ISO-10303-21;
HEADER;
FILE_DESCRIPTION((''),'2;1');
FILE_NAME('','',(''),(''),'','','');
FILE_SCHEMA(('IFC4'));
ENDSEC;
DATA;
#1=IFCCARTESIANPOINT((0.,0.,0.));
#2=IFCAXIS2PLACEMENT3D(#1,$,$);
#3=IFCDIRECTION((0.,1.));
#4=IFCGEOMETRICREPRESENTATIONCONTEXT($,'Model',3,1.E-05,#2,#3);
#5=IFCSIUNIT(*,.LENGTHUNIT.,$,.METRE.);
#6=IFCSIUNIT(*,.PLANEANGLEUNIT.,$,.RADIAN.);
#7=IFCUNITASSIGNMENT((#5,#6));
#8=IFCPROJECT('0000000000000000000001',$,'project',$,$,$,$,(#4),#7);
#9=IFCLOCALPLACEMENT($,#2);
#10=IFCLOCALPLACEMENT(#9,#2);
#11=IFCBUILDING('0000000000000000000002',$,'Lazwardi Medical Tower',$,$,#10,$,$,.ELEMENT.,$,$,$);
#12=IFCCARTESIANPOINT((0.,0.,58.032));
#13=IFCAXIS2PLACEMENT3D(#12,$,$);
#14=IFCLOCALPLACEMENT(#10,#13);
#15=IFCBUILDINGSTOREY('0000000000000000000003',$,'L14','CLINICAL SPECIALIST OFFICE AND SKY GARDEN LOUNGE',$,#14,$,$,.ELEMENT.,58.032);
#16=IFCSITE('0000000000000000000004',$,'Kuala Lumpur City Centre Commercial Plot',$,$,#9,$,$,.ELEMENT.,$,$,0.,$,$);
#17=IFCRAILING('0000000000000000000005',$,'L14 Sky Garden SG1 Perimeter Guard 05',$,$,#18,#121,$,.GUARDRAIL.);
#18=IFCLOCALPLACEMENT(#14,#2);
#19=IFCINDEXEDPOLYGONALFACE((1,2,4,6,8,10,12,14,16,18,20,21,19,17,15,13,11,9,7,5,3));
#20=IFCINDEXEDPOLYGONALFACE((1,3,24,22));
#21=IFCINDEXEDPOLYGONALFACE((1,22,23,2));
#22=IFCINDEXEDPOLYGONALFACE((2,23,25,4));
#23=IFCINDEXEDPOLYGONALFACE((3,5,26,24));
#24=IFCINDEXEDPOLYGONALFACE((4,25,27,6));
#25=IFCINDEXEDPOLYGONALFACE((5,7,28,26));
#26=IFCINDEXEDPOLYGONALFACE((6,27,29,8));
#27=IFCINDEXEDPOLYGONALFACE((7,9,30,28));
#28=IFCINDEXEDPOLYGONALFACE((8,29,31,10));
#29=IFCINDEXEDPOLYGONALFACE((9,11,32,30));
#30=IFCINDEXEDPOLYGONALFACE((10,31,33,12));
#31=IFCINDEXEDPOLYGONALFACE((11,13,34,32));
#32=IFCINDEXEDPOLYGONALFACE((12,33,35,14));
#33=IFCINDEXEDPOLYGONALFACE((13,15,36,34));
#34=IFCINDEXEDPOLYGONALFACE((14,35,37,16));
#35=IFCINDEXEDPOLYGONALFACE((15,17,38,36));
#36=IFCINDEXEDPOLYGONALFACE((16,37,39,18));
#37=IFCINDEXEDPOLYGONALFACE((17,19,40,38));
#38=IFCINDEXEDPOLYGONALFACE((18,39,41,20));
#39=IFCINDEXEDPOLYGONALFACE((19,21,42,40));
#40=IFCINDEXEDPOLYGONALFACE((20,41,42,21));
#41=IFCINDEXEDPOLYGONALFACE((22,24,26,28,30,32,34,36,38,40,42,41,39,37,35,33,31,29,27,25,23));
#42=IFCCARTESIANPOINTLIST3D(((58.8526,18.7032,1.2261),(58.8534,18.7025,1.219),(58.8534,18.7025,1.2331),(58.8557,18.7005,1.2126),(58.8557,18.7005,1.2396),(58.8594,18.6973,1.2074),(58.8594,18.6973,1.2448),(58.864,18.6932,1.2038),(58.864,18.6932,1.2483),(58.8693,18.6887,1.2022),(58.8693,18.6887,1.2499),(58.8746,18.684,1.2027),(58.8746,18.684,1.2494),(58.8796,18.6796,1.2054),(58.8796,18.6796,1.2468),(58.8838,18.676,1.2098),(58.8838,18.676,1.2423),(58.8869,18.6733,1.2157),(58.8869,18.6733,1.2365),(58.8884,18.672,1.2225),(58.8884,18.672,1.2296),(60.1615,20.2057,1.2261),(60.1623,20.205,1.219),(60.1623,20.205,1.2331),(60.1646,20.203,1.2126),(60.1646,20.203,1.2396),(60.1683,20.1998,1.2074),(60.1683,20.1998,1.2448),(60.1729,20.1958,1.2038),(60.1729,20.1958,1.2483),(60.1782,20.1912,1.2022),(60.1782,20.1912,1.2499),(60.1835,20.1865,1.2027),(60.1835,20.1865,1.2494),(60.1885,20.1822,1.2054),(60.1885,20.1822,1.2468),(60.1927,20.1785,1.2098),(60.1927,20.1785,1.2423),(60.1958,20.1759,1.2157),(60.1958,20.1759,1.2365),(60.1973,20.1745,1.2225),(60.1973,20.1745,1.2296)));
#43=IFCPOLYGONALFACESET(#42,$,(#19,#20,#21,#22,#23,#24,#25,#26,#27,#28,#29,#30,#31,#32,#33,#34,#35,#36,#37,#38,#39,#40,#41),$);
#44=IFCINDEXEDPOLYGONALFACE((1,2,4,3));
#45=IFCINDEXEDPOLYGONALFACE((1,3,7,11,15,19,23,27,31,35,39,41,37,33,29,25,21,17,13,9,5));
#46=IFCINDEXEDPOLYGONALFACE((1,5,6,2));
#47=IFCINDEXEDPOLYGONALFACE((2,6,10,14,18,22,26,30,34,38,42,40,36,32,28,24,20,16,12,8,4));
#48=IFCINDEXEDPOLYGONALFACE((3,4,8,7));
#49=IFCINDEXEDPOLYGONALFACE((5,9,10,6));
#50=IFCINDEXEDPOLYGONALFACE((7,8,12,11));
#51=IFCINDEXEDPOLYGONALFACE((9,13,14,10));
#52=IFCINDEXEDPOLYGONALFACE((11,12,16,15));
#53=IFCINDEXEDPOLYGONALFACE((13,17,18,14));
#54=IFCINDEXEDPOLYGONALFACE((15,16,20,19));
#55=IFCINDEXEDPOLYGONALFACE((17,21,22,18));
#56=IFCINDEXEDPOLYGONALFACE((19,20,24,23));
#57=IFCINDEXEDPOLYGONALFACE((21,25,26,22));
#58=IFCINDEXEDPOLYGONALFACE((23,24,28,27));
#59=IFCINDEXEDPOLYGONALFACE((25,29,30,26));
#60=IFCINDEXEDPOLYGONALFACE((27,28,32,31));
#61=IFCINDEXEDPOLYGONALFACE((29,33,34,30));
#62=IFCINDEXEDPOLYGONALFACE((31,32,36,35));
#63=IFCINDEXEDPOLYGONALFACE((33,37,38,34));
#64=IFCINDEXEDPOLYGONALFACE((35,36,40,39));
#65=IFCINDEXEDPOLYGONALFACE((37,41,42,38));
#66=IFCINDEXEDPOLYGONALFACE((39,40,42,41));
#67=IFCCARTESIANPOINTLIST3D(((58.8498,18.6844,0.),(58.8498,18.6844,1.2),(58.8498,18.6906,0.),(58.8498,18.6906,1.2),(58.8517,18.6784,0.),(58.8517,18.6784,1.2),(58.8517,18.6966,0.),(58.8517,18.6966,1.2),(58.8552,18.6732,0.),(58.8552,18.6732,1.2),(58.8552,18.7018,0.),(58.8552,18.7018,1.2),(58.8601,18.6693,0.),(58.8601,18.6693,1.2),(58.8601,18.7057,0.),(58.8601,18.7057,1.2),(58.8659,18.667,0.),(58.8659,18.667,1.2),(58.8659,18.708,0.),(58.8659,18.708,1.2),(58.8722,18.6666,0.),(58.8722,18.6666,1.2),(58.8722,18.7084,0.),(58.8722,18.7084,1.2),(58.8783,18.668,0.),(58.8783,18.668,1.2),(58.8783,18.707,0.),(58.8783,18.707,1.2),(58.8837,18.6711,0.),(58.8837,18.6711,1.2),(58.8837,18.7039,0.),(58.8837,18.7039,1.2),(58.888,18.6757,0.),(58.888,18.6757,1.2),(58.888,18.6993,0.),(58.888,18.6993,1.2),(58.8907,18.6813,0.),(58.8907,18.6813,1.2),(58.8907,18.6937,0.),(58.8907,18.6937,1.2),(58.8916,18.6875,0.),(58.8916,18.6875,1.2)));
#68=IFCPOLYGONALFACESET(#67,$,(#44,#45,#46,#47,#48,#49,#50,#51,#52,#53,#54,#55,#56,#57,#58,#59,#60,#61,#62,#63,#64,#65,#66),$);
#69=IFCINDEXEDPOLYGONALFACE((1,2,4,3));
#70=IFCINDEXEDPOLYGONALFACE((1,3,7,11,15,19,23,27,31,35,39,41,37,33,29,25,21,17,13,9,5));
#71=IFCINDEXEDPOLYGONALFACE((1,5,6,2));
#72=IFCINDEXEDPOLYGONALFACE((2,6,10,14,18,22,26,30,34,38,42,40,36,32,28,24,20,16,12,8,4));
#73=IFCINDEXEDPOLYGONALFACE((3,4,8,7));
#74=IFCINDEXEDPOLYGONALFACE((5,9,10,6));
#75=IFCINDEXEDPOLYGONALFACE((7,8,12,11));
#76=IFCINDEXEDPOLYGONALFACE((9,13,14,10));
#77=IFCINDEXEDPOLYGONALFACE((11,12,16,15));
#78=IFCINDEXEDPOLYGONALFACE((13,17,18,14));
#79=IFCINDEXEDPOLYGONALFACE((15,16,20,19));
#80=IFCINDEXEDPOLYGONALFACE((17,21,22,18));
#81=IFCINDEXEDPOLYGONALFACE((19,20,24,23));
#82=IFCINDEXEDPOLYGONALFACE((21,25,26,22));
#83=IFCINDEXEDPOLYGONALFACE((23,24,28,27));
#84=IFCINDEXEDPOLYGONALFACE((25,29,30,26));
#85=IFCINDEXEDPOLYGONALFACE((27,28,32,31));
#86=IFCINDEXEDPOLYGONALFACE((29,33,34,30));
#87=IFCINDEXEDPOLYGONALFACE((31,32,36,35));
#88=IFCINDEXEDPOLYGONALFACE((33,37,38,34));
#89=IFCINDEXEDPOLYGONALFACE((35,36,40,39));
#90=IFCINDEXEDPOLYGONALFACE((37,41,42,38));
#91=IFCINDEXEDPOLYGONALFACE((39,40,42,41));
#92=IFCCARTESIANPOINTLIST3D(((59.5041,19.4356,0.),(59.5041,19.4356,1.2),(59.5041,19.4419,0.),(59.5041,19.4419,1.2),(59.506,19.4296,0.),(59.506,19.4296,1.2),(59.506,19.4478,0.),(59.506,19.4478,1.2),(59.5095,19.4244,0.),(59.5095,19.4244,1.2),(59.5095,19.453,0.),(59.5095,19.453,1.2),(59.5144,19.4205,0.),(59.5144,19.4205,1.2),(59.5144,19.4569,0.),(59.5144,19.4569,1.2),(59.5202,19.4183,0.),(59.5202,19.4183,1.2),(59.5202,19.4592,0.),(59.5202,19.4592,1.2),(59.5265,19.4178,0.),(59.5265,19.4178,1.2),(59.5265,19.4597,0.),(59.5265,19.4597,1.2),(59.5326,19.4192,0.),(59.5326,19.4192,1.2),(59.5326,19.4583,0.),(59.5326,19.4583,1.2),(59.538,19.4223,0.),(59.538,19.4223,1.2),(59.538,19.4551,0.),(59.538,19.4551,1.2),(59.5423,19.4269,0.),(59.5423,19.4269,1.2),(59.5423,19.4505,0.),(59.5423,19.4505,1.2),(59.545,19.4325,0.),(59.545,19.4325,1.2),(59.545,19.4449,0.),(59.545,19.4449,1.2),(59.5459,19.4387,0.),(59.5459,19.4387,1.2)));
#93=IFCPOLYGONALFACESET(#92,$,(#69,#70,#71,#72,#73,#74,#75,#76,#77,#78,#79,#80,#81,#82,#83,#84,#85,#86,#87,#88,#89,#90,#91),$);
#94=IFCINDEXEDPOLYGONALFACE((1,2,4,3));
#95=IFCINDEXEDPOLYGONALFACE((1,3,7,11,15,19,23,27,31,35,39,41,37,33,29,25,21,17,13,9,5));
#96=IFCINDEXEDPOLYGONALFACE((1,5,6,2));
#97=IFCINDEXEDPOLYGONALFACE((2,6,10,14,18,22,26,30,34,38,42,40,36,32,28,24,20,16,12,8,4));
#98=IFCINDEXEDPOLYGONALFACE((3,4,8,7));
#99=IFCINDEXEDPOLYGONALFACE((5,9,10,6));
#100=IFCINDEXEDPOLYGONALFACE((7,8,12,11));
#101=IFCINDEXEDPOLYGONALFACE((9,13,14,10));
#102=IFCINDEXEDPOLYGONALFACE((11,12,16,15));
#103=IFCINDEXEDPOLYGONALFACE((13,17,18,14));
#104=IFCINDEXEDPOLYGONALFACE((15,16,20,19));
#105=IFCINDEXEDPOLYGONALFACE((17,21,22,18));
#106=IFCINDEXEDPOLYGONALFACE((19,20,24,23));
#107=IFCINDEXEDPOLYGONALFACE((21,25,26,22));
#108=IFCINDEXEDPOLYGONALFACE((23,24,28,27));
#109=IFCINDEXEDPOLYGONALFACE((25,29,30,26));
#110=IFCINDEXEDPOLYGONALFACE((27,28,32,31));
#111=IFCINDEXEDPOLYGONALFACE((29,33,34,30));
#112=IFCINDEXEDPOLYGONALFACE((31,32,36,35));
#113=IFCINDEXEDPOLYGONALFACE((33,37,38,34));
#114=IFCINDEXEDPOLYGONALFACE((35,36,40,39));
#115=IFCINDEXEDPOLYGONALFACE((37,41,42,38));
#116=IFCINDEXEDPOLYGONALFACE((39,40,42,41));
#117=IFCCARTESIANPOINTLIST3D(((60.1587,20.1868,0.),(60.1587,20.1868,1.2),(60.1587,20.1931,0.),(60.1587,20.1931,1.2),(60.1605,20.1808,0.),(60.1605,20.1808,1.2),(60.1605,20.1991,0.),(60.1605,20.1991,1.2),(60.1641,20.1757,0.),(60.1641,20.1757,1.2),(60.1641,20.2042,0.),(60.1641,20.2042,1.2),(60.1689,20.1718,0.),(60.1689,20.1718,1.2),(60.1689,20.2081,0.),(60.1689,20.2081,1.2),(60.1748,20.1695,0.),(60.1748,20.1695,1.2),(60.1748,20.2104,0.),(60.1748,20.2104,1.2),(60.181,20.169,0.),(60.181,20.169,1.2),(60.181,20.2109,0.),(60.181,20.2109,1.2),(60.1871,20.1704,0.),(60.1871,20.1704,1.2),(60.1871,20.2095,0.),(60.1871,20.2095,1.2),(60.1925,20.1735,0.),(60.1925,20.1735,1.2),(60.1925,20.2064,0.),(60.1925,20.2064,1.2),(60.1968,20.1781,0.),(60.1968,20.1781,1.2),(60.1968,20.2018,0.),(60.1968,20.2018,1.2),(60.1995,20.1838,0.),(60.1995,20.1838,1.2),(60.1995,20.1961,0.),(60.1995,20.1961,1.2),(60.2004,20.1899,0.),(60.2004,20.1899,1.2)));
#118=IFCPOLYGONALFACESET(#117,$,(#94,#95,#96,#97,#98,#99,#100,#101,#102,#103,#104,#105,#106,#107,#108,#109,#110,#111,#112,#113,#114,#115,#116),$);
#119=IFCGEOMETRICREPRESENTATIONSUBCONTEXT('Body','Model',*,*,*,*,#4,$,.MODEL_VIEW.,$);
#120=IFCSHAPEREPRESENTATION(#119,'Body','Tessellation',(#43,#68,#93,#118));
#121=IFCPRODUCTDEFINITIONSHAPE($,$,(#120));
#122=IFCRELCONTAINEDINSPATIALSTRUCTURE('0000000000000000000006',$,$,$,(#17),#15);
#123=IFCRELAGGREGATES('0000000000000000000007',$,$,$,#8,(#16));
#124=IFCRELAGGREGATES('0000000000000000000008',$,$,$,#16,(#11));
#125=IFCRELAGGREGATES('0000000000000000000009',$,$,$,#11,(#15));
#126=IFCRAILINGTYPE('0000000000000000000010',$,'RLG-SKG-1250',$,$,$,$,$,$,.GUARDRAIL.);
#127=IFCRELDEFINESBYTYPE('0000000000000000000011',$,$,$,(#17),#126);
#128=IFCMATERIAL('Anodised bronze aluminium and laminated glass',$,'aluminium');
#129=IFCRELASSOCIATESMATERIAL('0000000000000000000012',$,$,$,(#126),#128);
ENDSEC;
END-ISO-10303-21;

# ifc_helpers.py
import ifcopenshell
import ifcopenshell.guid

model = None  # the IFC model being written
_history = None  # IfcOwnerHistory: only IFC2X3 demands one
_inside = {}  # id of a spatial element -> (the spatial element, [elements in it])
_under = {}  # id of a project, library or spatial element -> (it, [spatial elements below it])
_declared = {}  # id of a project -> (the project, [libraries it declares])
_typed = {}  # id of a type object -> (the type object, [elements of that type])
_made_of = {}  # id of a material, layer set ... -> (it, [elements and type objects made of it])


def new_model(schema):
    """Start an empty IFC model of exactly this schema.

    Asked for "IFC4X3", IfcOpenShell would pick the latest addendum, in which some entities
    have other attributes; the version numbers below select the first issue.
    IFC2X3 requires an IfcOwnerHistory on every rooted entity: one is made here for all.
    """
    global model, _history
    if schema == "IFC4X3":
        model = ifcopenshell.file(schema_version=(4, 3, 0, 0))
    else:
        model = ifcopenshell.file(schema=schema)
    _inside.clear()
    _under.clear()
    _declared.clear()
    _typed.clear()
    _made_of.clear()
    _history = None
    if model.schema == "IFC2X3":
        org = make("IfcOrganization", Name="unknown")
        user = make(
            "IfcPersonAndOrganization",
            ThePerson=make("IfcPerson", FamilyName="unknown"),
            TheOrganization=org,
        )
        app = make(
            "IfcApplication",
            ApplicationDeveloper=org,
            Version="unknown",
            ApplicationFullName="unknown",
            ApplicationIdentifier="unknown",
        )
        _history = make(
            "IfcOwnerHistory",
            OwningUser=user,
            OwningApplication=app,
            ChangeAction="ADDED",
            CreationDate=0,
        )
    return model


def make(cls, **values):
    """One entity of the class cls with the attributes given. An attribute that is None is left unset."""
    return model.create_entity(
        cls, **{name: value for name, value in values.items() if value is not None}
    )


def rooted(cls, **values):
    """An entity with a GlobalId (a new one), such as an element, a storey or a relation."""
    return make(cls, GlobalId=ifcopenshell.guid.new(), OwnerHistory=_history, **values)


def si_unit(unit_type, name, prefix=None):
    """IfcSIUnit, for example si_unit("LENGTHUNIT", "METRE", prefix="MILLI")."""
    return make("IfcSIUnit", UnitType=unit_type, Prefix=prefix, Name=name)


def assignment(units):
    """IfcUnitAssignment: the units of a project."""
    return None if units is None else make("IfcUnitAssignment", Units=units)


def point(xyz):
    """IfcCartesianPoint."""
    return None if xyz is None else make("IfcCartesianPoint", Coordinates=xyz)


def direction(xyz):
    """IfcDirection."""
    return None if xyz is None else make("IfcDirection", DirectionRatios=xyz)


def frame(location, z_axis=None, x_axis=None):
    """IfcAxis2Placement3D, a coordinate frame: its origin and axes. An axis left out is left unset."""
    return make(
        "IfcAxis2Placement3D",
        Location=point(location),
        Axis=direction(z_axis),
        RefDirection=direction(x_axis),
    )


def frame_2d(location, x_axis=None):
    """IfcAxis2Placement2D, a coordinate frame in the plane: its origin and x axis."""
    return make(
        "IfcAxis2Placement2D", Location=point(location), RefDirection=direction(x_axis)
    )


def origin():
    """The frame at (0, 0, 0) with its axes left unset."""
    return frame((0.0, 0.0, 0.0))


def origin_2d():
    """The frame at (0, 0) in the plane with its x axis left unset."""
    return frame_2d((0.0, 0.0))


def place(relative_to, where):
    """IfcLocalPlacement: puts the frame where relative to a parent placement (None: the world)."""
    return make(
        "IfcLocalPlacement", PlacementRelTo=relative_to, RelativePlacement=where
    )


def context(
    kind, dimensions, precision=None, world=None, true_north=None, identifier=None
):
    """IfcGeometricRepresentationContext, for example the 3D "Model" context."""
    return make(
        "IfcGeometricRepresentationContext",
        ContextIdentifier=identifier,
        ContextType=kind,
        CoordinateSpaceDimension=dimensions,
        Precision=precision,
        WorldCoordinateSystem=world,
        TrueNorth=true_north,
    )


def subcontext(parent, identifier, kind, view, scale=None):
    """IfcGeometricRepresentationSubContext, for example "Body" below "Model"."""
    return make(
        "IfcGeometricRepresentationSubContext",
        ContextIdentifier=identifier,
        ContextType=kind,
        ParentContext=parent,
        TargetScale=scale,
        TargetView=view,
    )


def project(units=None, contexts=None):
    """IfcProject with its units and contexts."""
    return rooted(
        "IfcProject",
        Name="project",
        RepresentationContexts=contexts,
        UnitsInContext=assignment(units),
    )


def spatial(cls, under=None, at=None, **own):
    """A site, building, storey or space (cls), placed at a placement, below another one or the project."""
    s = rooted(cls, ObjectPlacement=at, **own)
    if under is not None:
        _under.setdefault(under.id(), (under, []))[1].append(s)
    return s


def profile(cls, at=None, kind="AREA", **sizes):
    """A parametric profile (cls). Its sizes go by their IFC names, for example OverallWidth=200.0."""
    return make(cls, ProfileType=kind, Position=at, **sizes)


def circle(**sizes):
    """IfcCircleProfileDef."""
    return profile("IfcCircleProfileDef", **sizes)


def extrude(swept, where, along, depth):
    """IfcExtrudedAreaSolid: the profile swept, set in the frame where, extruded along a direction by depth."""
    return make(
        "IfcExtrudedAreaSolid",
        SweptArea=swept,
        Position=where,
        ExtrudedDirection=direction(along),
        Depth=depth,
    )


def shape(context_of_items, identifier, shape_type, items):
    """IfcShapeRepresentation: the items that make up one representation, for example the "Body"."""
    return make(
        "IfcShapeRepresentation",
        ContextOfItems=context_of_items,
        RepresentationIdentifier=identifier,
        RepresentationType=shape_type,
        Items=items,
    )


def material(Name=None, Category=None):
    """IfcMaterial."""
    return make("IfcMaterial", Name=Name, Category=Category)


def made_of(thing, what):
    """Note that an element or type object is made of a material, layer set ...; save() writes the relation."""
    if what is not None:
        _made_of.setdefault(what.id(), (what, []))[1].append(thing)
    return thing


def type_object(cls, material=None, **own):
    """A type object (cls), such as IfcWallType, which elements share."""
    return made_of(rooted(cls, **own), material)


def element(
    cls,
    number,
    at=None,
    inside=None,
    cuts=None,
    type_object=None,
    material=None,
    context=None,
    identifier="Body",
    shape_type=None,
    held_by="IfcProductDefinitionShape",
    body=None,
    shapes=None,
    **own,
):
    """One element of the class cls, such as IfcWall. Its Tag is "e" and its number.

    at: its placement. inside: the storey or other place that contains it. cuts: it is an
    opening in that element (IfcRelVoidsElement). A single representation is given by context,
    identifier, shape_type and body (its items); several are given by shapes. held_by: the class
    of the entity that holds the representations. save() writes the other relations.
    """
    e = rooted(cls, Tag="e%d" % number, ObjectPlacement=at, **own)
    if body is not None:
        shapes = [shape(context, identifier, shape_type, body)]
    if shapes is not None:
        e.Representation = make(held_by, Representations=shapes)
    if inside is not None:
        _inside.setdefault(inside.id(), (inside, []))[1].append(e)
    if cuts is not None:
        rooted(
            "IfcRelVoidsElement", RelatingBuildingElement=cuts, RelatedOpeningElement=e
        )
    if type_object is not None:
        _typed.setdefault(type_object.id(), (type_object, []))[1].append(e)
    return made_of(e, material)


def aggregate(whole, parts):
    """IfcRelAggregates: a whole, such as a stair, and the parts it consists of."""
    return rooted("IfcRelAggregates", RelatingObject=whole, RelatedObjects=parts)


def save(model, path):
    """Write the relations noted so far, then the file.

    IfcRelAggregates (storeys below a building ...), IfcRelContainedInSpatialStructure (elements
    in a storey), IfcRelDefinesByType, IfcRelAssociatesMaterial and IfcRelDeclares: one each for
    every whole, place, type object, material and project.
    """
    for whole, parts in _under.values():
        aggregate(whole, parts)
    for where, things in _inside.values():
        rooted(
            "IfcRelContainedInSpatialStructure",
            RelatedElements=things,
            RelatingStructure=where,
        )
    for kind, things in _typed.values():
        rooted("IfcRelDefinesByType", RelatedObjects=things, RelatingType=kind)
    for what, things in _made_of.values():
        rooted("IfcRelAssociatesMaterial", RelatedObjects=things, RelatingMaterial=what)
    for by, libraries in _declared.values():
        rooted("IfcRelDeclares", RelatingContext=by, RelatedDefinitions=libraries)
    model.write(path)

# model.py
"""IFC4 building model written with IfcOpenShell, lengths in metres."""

from ifc_helpers import new_model, si_unit, direction, frame, origin, origin_2d, place, context, subcontext, project, spatial, circle, extrude, material, type_object, element, save


model = new_model("IFC4")

# Units and contexts
model_context = context("Model", 3, precision=1e-05, world=origin(), true_north=direction((0.0, 1.0)))
body_context = subcontext(model_context, "Body", "Model", "MODEL_VIEW")
ifc_project = project(units=[si_unit("LENGTHUNIT", "METRE"), si_unit("PLANEANGLEUNIT", "RADIAN")], contexts=[model_context])

# Site, building, storey
site_placement = place(None, origin())
site = spatial("IfcSite", under=ifc_project, at=site_placement, Name="Kuala Lumpur City Centre Commercial Plot", CompositionType="ELEMENT", RefElevation=0.0)
building_placement = place(site_placement, origin())
building = spatial("IfcBuilding", under=site, at=building_placement, Name="Lazwardi Medical Tower", CompositionType="ELEMENT")
storey_placement = place(building_placement, frame((0.0, 0.0, 58.032)))
storey = spatial("IfcBuildingStorey", under=building, at=storey_placement, Name="L14", Description="CLINICAL SPECIALIST OFFICE AND SKY GARDEN LOUNGE", CompositionType="ELEMENT", Elevation=58.032)

# Railing
ifc_material_1 = material(Name="Anodised bronze aluminium and laminated glass", Category="aluminium")
railing_type = type_object("IfcRailingType", Name="RLG-SKG-1250", PredefinedType="GUARDRAIL", material=ifc_material_1)
railing_1_placement = place(storey_placement, frame((58.8706, 18.6875, 0.0)))
element("IfcRailing", 1, at=railing_1_placement, inside=storey, type_object=railing_type, Name="L14 Sky Garden SG1 Perimeter Guard 05", PredefinedType="GUARDRAIL", context=body_context, shape_type="SweptSolid", body=[
    extrude(circle(Radius=0.0239, at=origin_2d()), frame((0.0, 0.0, 1.2261), z_axis=(0.656855, 0.754017, 0.0), x_axis=(-0.754017, 0.656855, 0.0)), (0.0, 0.0, 1.0), 1.9927),
    extrude(circle(Radius=0.021, at=origin_2d()), origin(), (0.0, 0.0, 1.0), 1.2),
    extrude(circle(Radius=0.021, at=origin_2d()), frame((0.6543, 0.7512, 0.0)), (0.0, 0.0, 1.0), 1.2),
    extrude(circle(Radius=0.021, at=origin_2d()), frame((1.3088, 1.5024, 0.0)), (0.0, 0.0, 1.0), 1.2),
])

save(model, "model.ifc")
